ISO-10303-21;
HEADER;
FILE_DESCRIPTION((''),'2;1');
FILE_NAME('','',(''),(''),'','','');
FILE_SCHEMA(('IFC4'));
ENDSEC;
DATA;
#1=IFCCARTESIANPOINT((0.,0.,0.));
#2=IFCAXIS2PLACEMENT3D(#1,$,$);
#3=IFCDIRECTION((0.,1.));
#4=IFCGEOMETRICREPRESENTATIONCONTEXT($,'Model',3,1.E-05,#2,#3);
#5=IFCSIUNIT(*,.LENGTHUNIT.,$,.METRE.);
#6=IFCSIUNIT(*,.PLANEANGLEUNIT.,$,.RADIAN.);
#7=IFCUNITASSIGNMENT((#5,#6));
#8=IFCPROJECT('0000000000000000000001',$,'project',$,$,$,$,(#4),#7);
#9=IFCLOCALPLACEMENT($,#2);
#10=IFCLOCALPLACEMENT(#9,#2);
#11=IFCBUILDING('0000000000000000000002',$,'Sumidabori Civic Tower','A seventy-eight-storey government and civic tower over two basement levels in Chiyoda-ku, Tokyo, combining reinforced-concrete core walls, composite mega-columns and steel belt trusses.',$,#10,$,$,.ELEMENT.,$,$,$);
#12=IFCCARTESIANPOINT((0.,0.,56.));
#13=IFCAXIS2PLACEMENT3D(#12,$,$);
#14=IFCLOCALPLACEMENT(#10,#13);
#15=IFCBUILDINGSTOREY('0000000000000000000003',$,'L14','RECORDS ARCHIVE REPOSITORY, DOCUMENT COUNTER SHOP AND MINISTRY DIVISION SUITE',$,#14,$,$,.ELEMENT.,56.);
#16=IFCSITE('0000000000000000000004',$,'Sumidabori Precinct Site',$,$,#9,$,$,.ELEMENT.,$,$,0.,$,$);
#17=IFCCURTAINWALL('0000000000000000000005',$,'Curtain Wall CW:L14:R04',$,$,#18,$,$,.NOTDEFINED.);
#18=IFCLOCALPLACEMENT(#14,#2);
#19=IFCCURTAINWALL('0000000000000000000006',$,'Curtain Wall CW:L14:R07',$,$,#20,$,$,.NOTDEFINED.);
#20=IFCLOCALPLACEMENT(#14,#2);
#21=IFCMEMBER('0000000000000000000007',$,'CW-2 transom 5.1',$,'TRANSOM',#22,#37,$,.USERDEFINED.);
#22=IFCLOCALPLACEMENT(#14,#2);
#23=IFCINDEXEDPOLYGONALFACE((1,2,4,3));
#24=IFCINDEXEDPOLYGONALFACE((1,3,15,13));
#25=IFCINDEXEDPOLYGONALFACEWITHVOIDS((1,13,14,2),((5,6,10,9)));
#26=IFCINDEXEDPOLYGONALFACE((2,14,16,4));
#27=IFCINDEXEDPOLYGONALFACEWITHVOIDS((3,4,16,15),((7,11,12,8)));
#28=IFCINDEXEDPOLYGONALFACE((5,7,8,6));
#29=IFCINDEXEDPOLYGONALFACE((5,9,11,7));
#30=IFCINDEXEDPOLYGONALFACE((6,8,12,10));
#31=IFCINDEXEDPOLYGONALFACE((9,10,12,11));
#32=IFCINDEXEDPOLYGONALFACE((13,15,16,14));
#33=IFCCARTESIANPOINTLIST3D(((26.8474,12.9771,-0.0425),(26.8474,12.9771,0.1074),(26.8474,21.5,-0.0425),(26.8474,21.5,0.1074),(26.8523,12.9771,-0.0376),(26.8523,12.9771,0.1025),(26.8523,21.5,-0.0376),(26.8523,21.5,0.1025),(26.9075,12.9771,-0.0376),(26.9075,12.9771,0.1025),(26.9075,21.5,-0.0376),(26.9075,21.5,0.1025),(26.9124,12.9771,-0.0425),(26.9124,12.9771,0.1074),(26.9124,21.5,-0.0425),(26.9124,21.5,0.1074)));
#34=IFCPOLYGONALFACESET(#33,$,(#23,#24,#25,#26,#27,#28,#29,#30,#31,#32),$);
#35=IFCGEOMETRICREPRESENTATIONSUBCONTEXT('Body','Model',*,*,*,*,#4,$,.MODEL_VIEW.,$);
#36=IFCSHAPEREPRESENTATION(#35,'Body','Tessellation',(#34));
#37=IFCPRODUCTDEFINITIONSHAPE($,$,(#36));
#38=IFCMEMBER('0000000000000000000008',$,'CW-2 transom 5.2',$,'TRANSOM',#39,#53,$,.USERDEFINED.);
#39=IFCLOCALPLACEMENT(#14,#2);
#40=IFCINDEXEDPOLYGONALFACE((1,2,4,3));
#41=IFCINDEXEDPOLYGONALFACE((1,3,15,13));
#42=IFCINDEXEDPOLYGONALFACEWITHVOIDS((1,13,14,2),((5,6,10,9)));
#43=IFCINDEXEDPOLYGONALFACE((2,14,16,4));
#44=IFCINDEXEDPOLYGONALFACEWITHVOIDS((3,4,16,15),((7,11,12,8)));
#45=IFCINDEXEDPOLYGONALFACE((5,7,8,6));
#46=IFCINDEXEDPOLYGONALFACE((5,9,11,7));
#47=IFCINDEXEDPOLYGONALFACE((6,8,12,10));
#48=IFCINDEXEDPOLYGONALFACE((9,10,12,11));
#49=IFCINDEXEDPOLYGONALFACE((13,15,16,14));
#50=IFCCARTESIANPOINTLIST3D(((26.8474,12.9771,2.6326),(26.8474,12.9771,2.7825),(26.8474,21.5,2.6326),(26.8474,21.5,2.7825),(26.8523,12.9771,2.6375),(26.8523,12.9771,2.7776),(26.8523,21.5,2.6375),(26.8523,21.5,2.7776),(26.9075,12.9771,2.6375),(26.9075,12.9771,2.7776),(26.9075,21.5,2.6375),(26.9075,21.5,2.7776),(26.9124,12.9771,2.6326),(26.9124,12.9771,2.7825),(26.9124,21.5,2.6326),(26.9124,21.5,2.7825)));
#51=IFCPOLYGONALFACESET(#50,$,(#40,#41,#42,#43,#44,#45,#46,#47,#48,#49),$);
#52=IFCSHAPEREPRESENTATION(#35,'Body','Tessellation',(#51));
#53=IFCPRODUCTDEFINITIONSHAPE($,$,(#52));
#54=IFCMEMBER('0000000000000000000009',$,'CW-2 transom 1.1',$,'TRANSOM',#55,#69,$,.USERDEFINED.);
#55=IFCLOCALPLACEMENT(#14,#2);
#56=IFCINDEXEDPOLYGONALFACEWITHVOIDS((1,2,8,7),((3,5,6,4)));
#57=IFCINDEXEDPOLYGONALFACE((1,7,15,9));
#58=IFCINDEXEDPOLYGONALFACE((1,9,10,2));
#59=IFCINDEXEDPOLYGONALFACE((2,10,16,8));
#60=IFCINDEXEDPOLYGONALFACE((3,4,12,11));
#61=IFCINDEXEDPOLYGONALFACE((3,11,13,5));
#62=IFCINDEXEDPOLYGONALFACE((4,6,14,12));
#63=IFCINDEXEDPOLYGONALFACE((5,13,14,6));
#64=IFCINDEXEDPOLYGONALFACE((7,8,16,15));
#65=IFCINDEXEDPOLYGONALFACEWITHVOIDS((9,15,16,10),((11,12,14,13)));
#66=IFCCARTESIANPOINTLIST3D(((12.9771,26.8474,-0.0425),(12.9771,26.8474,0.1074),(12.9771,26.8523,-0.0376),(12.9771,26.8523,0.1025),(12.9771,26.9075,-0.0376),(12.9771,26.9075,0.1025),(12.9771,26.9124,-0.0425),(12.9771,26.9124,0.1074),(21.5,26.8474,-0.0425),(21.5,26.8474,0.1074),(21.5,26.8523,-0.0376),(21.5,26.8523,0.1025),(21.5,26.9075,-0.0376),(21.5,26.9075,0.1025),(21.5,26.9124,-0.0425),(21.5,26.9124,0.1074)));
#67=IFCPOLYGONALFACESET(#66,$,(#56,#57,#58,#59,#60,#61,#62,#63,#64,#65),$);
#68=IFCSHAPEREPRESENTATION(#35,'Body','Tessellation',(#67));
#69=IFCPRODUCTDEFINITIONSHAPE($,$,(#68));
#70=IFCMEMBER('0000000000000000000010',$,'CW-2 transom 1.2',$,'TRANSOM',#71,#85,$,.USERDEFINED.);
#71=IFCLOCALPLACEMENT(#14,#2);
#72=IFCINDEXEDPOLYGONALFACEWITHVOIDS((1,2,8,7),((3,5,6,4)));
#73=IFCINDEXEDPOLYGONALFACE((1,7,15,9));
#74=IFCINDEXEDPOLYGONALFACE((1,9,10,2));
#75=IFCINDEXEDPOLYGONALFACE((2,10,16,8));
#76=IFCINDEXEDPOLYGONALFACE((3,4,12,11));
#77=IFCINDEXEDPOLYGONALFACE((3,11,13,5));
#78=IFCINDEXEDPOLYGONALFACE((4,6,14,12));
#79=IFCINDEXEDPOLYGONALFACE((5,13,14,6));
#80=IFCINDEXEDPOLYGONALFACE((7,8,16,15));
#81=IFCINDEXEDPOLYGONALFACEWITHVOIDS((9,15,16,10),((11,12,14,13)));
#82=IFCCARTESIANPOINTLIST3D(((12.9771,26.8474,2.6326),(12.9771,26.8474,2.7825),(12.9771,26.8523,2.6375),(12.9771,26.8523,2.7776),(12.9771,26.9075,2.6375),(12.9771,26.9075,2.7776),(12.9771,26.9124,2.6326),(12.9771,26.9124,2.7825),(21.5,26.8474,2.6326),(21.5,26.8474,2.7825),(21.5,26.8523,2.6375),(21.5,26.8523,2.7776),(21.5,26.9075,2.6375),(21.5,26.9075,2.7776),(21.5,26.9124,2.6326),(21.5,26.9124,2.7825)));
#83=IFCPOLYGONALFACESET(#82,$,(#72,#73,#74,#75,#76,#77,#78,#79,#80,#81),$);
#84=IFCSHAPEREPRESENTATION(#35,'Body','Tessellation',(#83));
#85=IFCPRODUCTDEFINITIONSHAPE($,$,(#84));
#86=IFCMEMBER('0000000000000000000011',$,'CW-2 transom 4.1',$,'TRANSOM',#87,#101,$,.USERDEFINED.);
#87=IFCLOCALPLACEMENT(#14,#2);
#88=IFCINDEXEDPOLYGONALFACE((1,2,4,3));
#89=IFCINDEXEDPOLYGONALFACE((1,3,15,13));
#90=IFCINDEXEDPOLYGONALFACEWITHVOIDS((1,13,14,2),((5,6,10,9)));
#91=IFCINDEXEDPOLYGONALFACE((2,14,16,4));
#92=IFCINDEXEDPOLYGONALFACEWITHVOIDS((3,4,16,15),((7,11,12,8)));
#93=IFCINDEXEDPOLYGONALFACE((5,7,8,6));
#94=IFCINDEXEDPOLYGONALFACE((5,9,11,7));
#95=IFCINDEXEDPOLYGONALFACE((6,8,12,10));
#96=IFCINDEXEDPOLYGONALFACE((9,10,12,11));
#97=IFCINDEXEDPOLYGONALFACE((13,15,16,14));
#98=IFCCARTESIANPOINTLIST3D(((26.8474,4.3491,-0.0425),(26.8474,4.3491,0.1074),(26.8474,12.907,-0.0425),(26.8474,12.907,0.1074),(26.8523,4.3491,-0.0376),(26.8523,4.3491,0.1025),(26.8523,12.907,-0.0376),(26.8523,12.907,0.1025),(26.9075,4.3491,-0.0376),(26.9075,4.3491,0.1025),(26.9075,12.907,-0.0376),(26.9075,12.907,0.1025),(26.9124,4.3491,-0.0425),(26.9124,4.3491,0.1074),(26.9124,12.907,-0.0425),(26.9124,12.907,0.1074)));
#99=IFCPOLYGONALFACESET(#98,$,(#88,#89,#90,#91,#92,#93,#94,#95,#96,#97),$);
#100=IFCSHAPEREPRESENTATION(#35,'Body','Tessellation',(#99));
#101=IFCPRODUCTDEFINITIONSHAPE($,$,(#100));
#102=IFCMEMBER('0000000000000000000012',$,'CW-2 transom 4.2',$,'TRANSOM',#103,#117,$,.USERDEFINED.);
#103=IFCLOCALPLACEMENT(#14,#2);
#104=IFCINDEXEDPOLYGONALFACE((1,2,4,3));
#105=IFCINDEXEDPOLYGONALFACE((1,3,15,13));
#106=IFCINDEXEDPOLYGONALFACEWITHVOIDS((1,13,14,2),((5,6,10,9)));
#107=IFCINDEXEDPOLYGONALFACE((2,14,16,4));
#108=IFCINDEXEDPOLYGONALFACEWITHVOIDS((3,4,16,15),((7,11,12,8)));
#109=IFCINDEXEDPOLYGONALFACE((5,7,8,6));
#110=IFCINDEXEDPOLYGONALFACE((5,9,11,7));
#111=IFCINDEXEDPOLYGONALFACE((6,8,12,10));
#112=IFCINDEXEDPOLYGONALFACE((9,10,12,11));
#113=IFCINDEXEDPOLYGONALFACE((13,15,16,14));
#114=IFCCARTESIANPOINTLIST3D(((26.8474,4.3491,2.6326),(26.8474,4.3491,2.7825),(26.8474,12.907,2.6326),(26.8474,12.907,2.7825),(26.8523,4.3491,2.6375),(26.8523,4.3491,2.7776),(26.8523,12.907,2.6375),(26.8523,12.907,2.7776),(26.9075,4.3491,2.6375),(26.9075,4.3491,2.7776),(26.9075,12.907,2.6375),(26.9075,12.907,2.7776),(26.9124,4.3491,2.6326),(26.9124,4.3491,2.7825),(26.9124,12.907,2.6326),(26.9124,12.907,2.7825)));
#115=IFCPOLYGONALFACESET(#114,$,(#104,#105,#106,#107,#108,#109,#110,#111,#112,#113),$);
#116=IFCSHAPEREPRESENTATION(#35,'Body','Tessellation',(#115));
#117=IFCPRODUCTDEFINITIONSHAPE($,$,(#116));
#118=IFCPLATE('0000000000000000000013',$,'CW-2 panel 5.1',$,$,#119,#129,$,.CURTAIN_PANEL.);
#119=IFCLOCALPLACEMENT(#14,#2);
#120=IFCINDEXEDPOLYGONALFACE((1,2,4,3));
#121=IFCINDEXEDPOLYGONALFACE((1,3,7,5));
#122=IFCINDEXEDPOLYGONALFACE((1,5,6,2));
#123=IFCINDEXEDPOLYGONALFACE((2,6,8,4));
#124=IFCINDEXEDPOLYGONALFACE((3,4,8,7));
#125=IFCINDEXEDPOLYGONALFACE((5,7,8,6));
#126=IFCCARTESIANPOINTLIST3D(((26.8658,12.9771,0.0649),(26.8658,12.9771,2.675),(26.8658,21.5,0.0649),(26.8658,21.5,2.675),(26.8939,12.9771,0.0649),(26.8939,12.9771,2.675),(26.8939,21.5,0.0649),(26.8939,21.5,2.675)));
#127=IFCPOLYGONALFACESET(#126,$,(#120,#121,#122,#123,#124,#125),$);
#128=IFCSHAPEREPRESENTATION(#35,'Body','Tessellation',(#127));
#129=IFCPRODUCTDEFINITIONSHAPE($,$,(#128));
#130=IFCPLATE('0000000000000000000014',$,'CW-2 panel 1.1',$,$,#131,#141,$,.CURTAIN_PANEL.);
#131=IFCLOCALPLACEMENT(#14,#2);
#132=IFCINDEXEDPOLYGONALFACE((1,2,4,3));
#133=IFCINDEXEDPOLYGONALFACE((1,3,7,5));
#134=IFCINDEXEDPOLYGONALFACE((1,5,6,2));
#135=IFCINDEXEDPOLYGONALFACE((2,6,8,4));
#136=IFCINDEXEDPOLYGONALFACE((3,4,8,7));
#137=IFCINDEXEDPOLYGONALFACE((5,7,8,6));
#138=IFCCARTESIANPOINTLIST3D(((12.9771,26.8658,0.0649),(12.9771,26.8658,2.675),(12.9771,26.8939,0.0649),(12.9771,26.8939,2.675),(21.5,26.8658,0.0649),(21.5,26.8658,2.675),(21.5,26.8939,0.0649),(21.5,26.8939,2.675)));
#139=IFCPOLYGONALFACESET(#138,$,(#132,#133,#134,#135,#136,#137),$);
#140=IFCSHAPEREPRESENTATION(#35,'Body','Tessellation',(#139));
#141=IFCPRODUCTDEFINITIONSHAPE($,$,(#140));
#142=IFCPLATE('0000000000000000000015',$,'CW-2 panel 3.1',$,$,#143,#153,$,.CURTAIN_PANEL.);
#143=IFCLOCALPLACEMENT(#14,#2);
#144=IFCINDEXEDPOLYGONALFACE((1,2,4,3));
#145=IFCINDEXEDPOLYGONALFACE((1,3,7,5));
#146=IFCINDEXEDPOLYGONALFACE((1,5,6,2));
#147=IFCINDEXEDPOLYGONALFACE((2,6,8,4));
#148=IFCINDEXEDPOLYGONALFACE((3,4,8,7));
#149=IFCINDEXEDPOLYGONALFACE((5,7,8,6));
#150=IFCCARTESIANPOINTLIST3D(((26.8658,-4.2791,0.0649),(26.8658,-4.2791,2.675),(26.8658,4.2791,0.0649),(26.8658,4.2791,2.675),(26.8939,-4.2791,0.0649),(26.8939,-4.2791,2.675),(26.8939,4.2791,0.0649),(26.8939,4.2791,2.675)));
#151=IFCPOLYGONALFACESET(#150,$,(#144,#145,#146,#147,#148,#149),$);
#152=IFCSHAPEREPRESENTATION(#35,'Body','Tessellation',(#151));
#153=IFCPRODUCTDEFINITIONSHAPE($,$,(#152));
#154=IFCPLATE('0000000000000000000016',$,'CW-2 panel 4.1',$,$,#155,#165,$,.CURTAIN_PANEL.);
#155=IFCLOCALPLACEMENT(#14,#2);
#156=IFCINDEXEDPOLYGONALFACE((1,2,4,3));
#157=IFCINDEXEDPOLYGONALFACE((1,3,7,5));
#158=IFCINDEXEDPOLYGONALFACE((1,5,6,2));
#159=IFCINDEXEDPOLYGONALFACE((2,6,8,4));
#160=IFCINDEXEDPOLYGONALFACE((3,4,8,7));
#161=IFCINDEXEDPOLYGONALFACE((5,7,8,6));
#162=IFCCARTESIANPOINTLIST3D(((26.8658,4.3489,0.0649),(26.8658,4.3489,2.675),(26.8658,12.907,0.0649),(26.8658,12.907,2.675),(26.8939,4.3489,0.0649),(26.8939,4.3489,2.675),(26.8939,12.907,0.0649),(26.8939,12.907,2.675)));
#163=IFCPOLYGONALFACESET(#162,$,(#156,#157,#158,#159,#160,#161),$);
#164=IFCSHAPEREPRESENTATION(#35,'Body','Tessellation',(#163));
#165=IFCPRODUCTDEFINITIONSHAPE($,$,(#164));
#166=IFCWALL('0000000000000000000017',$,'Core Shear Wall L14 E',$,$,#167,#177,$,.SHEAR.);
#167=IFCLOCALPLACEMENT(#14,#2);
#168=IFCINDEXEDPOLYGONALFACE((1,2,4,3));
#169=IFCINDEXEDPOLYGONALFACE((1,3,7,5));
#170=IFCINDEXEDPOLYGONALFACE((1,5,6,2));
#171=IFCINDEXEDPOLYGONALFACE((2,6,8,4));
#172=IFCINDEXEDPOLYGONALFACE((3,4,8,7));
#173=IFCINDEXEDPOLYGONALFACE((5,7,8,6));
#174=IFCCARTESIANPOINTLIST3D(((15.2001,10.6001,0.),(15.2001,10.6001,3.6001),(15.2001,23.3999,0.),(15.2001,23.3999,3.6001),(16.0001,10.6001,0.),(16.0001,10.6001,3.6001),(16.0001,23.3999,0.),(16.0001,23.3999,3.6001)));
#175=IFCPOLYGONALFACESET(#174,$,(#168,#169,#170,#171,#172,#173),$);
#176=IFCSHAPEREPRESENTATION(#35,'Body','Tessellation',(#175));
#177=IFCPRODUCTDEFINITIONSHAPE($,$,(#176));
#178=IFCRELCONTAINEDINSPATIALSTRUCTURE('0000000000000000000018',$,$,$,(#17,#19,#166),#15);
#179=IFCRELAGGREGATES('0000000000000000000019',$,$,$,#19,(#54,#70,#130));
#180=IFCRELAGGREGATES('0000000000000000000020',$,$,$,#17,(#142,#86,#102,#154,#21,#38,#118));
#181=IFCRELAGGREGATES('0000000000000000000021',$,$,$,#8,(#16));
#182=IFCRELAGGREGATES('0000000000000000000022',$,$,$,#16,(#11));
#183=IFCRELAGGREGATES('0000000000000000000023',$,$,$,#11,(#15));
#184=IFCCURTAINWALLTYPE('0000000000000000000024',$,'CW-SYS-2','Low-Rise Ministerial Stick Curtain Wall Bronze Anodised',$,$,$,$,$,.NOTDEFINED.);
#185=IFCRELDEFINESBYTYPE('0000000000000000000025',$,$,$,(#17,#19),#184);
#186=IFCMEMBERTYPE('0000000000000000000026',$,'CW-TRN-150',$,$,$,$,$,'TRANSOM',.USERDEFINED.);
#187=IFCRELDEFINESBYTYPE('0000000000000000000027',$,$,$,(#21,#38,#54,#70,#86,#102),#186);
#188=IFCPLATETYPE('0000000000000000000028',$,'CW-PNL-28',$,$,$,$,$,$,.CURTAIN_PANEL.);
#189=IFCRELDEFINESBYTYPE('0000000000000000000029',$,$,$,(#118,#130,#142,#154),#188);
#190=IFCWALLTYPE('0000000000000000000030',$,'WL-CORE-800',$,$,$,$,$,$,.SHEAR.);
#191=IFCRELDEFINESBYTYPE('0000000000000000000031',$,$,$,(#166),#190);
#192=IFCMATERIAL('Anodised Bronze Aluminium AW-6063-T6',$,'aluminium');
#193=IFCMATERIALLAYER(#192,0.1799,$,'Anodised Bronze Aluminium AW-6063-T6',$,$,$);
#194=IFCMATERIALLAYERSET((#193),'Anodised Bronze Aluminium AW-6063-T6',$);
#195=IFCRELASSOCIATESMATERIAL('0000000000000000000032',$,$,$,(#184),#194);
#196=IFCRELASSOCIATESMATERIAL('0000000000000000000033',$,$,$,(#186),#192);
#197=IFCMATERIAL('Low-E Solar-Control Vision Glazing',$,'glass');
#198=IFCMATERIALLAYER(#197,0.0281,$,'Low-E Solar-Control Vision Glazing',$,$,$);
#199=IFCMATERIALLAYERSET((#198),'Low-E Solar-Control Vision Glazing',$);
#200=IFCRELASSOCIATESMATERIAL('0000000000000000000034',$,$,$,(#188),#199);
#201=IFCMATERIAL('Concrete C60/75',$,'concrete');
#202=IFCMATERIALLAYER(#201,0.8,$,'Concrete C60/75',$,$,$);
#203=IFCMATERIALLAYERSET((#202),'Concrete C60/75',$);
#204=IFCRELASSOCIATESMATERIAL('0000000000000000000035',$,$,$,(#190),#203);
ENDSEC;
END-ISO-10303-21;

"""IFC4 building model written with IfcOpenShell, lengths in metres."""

from ifc_helpers import new_model, si_unit, direction, frame, frame_2d, origin, origin_2d, place, context, subcontext, project, spatial, rectangle, hollow_rectangle, extrude, source, transform, mapped, material, layer, layer_set, material_profile, profile_set, type_object, element, aggregate, save


model = new_model("IFC4")

# Units and contexts
model_context = context("Model", 3, precision=1e-05, world=origin(), true_north=direction((0.0, 1.0)))
body_context = subcontext(model_context, "Body", "Model", "MODEL_VIEW")
ifc_project = project(units=[si_unit("LENGTHUNIT", "METRE"), si_unit("PLANEANGLEUNIT", "RADIAN")], contexts=[model_context])

# Site, building, storey
site_placement = place(None, origin())
site = spatial("IfcSite", under=ifc_project, at=site_placement, Name="Sumidabori Precinct Site", CompositionType="ELEMENT", RefElevation=0.0)
building_placement = place(site_placement, origin())
building = spatial("IfcBuilding", under=site, at=building_placement, Name="Sumidabori Civic Tower", Description="A seventy-eight-storey government and civic tower over two basement levels in Chiyoda-ku, Tokyo, combining reinforced-concrete core walls, composite mega-columns and steel belt trusses.", CompositionType="ELEMENT")
storey_placement = place(building_placement, frame((0.0, 0.0, 56.0)))
storey = spatial("IfcBuildingStorey", under=building, at=storey_placement, Name="L14", Description="RECORDS ARCHIVE REPOSITORY, DOCUMENT COUNTER SHOP AND MINISTRY DIVISION SUITE", CompositionType="ELEMENT", Elevation=56.0)

# Shared definitions
ifc_material_1 = material(Name="Concrete C60/75", Category="concrete")

# Curtain wall
ifc_material_2 = material(Name="Anodised Bronze Aluminium AW-6063-T6", Category="aluminium")
ifc_layer_1 = layer(ifc_material_2, 0.1799, Name="Anodised Bronze Aluminium AW-6063-T6")
ifc_layer_set_1 = layer_set([ifc_layer_1], Name="Anodised Bronze Aluminium AW-6063-T6")
curtain_wall_type = type_object("IfcCurtainWallType", Name="CW-SYS-2", Description="Low-Rise Ministerial Stick Curtain Wall Bronze Anodised", PredefinedType="NOTDEFINED", material=ifc_layer_set_1)
curtain_wall_1_placement = place(storey_placement, origin())
curtain_wall_1 = element("IfcCurtainWall", 1, at=curtain_wall_1_placement, inside=storey, type_object=curtain_wall_type, Name="Curtain Wall CW:L14:R04", PredefinedType="NOTDEFINED")

# Curtain wall
curtain_wall_2_placement = place(storey_placement, origin())
curtain_wall_2 = element("IfcCurtainWall", 2, at=curtain_wall_2_placement, inside=storey, type_object=curtain_wall_type, Name="Curtain Wall CW:L14:R07", PredefinedType="NOTDEFINED")

# Members
ifc_material_profile_1 = material_profile(ifc_material_2, hollow_rectangle(XDim=0.0649, YDim=0.1499, WallThickness=0.0049, at=origin_2d()), Name="ALU TRANSOM 150x65")
ifc_profile_set_1 = profile_set([ifc_material_profile_1], Name="Anodised Bronze Aluminium AW-6063-T6")
member_type_1 = type_object("IfcMemberType", Name="CW-TRN-150", ElementType="TRANSOM", PredefinedType="USERDEFINED", material=ifc_profile_set_1)
shared_shape_1 = source(origin(), body_context, "Body", "SweptSolid", [
    extrude(hollow_rectangle(XDim=0.0649, YDim=0.1499, WallThickness=0.0049, at=origin_2d()), origin(), (0.0, 0.0, 1.0), 8.5229),
])
member_1_placement = place(storey_placement, frame((26.8799, 12.9771, 0.0325), z_axis=(0.0, 1.0, 0.0), x_axis=(-1.0, 0.0, 0.0)))
member_1 = element("IfcMember", 3, at=member_1_placement, type_object=member_type_1, Name="CW-2 transom 5.1", ObjectType="TRANSOM", PredefinedType="USERDEFINED", context=body_context, shape_type="MappedRepresentation", body=[
    mapped(shared_shape_1, transform((0.0, 0.0, 0.0), x_axis=(1.0, 0.0, 0.0), y_axis=(0.0, 1.0, 0.0), z_axis=(0.0, 0.0, 1.0), scale=1.0)),
])
member_2_placement = place(storey_placement, frame((26.8799, 12.9771, 2.7075), z_axis=(0.0, 1.0, 0.0), x_axis=(-1.0, 0.0, 0.0)))
member_2 = element("IfcMember", 4, at=member_2_placement, type_object=member_type_1, Name="CW-2 transom 5.2", ObjectType="TRANSOM", PredefinedType="USERDEFINED", context=body_context, shape_type="MappedRepresentation", body=[
    mapped(shared_shape_1, transform((0.0, 0.0, 0.0), x_axis=(1.0, 0.0, 0.0), y_axis=(0.0, 1.0, 0.0), z_axis=(0.0, 0.0, 1.0), scale=1.0)),
])
member_3_placement = place(storey_placement, frame((21.5, 26.8799, 0.0325), z_axis=(-1.0, 0.0, 0.0), x_axis=(0.0, -1.0, 0.0)))
member_3 = element("IfcMember", 5, at=member_3_placement, type_object=member_type_1, Name="CW-2 transom 1.1", ObjectType="TRANSOM", PredefinedType="USERDEFINED", context=body_context, shape_type="MappedRepresentation", body=[
    mapped(shared_shape_1, transform((0.0, 0.0, 0.0), x_axis=(1.0, 0.0, 0.0), y_axis=(0.0, 1.0, 0.0), z_axis=(0.0, 0.0, 1.0), scale=1.0)),
])
member_4_placement = place(storey_placement, frame((21.5, 26.8799, 2.7075), z_axis=(-1.0, 0.0, 0.0), x_axis=(0.0, -1.0, 0.0)))
member_4 = element("IfcMember", 6, at=member_4_placement, type_object=member_type_1, Name="CW-2 transom 1.2", ObjectType="TRANSOM", PredefinedType="USERDEFINED", context=body_context, shape_type="MappedRepresentation", body=[
    mapped(shared_shape_1, transform((0.0, 0.0, 0.0), x_axis=(1.0, 0.0, 0.0), y_axis=(0.0, 1.0, 0.0), z_axis=(0.0, 0.0, 1.0), scale=1.0)),
])
shared_shape_2 = source(origin(), body_context, "Body", "SweptSolid", [
    extrude(hollow_rectangle(XDim=0.0649, YDim=0.1499, WallThickness=0.0049, at=origin_2d()), origin(), (0.0, 0.0, 1.0), 8.5579),
])
member_5_placement = place(storey_placement, frame((26.8799, 4.3491, 0.0325), z_axis=(0.0, 1.0, 0.0), x_axis=(-1.0, 0.0, 0.0)))
member_5 = element("IfcMember", 7, at=member_5_placement, type_object=member_type_1, Name="CW-2 transom 4.1", ObjectType="TRANSOM", PredefinedType="USERDEFINED", context=body_context, shape_type="MappedRepresentation", body=[
    mapped(shared_shape_2, transform((0.0, 0.0, 0.0), x_axis=(1.0, 0.0, 0.0), y_axis=(0.0, 1.0, 0.0), z_axis=(0.0, 0.0, 1.0), scale=1.0)),
])
member_6_placement = place(storey_placement, frame((26.8799, 4.3491, 2.7075), z_axis=(0.0, 1.0, 0.0), x_axis=(-1.0, 0.0, 0.0)))
member_6 = element("IfcMember", 8, at=member_6_placement, type_object=member_type_1, Name="CW-2 transom 4.2", ObjectType="TRANSOM", PredefinedType="USERDEFINED", context=body_context, shape_type="MappedRepresentation", body=[
    mapped(shared_shape_2, transform((0.0, 0.0, 0.0), x_axis=(1.0, 0.0, 0.0), y_axis=(0.0, 1.0, 0.0), z_axis=(0.0, 0.0, 1.0), scale=1.0)),
])

# Plates
ifc_material_3 = material(Name="Low-E Solar-Control Vision Glazing", Category="glass")
ifc_layer_2 = layer(ifc_material_3, 0.0281, Name="Low-E Solar-Control Vision Glazing")
ifc_layer_set_2 = layer_set([ifc_layer_2], Name="Low-E Solar-Control Vision Glazing")
plate_type = type_object("IfcPlateType", Name="CW-PNL-28", PredefinedType="CURTAIN_PANEL", material=ifc_layer_set_2)
shared_shape_3 = source(origin(), body_context, "Body", "SweptSolid", [
    extrude(rectangle(XDim=8.5229, YDim=0.0281, at=origin_2d()), origin(), (0.0, 0.0, 1.0), 2.6101),
])
plate_1_placement = place(storey_placement, frame((26.8799, 17.2385, 0.0649), z_axis=(0.0, 0.0, 1.0), x_axis=(0.0, 1.0, 0.0)))
plate_1 = element("IfcPlate", 9, at=plate_1_placement, type_object=plate_type, Name="CW-2 panel 5.1", PredefinedType="CURTAIN_PANEL", context=body_context, shape_type="MappedRepresentation", body=[
    mapped(shared_shape_3, transform((0.0, 0.0, 0.0), x_axis=(1.0, 0.0, 0.0), y_axis=(0.0, 1.0, 0.0), z_axis=(0.0, 0.0, 1.0), scale=1.0)),
])
plate_2_placement = place(storey_placement, frame((17.2385, 26.8799, 0.0649), z_axis=(0.0, 0.0, 1.0), x_axis=(-1.0, 0.0, 0.0)))
plate_2 = element("IfcPlate", 10, at=plate_2_placement, type_object=plate_type, Name="CW-2 panel 1.1", PredefinedType="CURTAIN_PANEL", context=body_context, shape_type="MappedRepresentation", body=[
    mapped(shared_shape_3, transform((0.0, 0.0, 0.0), x_axis=(1.0, 0.0, 0.0), y_axis=(0.0, 1.0, 0.0), z_axis=(0.0, 0.0, 1.0), scale=1.0)),
])
aggregate(curtain_wall_2, [member_3, member_4, plate_2])
shared_shape_4 = source(origin(), body_context, "Body", "SweptSolid", [
    extrude(rectangle(XDim=8.5581, YDim=0.0281, at=origin_2d()), origin(), (0.0, 0.0, 1.0), 2.6101),
])
plate_3_placement = place(storey_placement, frame((26.8799, 0.0, 0.0649), z_axis=(0.0, 0.0, 1.0), x_axis=(0.0, 1.0, 0.0)))
plate_3 = element("IfcPlate", 11, at=plate_3_placement, type_object=plate_type, Name="CW-2 panel 3.1", PredefinedType="CURTAIN_PANEL", context=body_context, shape_type="MappedRepresentation", body=[
    mapped(shared_shape_4, transform((0.0, 0.0, 0.0), x_axis=(1.0, 0.0, 0.0), y_axis=(0.0, 1.0, 0.0), z_axis=(0.0, 0.0, 1.0), scale=1.0)),
])
plate_4_placement = place(storey_placement, frame((26.8799, 8.6279, 0.0649), z_axis=(0.0, 0.0, 1.0), x_axis=(0.0, 1.0, 0.0)))
plate_4 = element("IfcPlate", 12, at=plate_4_placement, type_object=plate_type, Name="CW-2 panel 4.1", PredefinedType="CURTAIN_PANEL", context=body_context, shape_type="MappedRepresentation", body=[
    mapped(shared_shape_4, transform((0.0, 0.0, 0.0), x_axis=(1.0, 0.0, 0.0), y_axis=(0.0, 1.0, 0.0), z_axis=(0.0, 0.0, 1.0), scale=1.0)),
])
aggregate(curtain_wall_1, [plate_3, member_5, member_6, plate_4, member_1, member_2, plate_1])

# Wall
ifc_layer_3 = layer(ifc_material_1, 0.8, Name="Concrete C60/75")
ifc_layer_set_3 = layer_set([ifc_layer_3], Name="Concrete C60/75")
wall_type_1 = type_object("IfcWallType", Name="WL-CORE-800", PredefinedType="SHEAR", material=ifc_layer_set_3)
shared_shape_5 = source(origin(), body_context, "Body", "SweptSolid", [
    extrude(rectangle(XDim=12.7998, YDim=0.8, at=frame_2d((6.3999, 0.0))), origin(), (0.0, 0.0, 1.0), 3.6001),
])
wall_1_placement = place(storey_placement, frame((15.6001, 10.6001, 0.0), z_axis=(0.0, 0.0, 1.0), x_axis=(0.0, 1.0, 0.0)))
element("IfcWall", 13, at=wall_1_placement, inside=storey, type_object=wall_type_1, Name="Core Shear Wall L14 E", PredefinedType="SHEAR", context=body_context, shape_type="MappedRepresentation", body=[
    mapped(shared_shape_5, transform((0.0, 0.0, 0.0), x_axis=(1.0, 0.0, 0.0), y_axis=(0.0, 1.0, 0.0), z_axis=(0.0, 0.0, 1.0), scale=1.0)),
])

save(model, "model.ifc")
